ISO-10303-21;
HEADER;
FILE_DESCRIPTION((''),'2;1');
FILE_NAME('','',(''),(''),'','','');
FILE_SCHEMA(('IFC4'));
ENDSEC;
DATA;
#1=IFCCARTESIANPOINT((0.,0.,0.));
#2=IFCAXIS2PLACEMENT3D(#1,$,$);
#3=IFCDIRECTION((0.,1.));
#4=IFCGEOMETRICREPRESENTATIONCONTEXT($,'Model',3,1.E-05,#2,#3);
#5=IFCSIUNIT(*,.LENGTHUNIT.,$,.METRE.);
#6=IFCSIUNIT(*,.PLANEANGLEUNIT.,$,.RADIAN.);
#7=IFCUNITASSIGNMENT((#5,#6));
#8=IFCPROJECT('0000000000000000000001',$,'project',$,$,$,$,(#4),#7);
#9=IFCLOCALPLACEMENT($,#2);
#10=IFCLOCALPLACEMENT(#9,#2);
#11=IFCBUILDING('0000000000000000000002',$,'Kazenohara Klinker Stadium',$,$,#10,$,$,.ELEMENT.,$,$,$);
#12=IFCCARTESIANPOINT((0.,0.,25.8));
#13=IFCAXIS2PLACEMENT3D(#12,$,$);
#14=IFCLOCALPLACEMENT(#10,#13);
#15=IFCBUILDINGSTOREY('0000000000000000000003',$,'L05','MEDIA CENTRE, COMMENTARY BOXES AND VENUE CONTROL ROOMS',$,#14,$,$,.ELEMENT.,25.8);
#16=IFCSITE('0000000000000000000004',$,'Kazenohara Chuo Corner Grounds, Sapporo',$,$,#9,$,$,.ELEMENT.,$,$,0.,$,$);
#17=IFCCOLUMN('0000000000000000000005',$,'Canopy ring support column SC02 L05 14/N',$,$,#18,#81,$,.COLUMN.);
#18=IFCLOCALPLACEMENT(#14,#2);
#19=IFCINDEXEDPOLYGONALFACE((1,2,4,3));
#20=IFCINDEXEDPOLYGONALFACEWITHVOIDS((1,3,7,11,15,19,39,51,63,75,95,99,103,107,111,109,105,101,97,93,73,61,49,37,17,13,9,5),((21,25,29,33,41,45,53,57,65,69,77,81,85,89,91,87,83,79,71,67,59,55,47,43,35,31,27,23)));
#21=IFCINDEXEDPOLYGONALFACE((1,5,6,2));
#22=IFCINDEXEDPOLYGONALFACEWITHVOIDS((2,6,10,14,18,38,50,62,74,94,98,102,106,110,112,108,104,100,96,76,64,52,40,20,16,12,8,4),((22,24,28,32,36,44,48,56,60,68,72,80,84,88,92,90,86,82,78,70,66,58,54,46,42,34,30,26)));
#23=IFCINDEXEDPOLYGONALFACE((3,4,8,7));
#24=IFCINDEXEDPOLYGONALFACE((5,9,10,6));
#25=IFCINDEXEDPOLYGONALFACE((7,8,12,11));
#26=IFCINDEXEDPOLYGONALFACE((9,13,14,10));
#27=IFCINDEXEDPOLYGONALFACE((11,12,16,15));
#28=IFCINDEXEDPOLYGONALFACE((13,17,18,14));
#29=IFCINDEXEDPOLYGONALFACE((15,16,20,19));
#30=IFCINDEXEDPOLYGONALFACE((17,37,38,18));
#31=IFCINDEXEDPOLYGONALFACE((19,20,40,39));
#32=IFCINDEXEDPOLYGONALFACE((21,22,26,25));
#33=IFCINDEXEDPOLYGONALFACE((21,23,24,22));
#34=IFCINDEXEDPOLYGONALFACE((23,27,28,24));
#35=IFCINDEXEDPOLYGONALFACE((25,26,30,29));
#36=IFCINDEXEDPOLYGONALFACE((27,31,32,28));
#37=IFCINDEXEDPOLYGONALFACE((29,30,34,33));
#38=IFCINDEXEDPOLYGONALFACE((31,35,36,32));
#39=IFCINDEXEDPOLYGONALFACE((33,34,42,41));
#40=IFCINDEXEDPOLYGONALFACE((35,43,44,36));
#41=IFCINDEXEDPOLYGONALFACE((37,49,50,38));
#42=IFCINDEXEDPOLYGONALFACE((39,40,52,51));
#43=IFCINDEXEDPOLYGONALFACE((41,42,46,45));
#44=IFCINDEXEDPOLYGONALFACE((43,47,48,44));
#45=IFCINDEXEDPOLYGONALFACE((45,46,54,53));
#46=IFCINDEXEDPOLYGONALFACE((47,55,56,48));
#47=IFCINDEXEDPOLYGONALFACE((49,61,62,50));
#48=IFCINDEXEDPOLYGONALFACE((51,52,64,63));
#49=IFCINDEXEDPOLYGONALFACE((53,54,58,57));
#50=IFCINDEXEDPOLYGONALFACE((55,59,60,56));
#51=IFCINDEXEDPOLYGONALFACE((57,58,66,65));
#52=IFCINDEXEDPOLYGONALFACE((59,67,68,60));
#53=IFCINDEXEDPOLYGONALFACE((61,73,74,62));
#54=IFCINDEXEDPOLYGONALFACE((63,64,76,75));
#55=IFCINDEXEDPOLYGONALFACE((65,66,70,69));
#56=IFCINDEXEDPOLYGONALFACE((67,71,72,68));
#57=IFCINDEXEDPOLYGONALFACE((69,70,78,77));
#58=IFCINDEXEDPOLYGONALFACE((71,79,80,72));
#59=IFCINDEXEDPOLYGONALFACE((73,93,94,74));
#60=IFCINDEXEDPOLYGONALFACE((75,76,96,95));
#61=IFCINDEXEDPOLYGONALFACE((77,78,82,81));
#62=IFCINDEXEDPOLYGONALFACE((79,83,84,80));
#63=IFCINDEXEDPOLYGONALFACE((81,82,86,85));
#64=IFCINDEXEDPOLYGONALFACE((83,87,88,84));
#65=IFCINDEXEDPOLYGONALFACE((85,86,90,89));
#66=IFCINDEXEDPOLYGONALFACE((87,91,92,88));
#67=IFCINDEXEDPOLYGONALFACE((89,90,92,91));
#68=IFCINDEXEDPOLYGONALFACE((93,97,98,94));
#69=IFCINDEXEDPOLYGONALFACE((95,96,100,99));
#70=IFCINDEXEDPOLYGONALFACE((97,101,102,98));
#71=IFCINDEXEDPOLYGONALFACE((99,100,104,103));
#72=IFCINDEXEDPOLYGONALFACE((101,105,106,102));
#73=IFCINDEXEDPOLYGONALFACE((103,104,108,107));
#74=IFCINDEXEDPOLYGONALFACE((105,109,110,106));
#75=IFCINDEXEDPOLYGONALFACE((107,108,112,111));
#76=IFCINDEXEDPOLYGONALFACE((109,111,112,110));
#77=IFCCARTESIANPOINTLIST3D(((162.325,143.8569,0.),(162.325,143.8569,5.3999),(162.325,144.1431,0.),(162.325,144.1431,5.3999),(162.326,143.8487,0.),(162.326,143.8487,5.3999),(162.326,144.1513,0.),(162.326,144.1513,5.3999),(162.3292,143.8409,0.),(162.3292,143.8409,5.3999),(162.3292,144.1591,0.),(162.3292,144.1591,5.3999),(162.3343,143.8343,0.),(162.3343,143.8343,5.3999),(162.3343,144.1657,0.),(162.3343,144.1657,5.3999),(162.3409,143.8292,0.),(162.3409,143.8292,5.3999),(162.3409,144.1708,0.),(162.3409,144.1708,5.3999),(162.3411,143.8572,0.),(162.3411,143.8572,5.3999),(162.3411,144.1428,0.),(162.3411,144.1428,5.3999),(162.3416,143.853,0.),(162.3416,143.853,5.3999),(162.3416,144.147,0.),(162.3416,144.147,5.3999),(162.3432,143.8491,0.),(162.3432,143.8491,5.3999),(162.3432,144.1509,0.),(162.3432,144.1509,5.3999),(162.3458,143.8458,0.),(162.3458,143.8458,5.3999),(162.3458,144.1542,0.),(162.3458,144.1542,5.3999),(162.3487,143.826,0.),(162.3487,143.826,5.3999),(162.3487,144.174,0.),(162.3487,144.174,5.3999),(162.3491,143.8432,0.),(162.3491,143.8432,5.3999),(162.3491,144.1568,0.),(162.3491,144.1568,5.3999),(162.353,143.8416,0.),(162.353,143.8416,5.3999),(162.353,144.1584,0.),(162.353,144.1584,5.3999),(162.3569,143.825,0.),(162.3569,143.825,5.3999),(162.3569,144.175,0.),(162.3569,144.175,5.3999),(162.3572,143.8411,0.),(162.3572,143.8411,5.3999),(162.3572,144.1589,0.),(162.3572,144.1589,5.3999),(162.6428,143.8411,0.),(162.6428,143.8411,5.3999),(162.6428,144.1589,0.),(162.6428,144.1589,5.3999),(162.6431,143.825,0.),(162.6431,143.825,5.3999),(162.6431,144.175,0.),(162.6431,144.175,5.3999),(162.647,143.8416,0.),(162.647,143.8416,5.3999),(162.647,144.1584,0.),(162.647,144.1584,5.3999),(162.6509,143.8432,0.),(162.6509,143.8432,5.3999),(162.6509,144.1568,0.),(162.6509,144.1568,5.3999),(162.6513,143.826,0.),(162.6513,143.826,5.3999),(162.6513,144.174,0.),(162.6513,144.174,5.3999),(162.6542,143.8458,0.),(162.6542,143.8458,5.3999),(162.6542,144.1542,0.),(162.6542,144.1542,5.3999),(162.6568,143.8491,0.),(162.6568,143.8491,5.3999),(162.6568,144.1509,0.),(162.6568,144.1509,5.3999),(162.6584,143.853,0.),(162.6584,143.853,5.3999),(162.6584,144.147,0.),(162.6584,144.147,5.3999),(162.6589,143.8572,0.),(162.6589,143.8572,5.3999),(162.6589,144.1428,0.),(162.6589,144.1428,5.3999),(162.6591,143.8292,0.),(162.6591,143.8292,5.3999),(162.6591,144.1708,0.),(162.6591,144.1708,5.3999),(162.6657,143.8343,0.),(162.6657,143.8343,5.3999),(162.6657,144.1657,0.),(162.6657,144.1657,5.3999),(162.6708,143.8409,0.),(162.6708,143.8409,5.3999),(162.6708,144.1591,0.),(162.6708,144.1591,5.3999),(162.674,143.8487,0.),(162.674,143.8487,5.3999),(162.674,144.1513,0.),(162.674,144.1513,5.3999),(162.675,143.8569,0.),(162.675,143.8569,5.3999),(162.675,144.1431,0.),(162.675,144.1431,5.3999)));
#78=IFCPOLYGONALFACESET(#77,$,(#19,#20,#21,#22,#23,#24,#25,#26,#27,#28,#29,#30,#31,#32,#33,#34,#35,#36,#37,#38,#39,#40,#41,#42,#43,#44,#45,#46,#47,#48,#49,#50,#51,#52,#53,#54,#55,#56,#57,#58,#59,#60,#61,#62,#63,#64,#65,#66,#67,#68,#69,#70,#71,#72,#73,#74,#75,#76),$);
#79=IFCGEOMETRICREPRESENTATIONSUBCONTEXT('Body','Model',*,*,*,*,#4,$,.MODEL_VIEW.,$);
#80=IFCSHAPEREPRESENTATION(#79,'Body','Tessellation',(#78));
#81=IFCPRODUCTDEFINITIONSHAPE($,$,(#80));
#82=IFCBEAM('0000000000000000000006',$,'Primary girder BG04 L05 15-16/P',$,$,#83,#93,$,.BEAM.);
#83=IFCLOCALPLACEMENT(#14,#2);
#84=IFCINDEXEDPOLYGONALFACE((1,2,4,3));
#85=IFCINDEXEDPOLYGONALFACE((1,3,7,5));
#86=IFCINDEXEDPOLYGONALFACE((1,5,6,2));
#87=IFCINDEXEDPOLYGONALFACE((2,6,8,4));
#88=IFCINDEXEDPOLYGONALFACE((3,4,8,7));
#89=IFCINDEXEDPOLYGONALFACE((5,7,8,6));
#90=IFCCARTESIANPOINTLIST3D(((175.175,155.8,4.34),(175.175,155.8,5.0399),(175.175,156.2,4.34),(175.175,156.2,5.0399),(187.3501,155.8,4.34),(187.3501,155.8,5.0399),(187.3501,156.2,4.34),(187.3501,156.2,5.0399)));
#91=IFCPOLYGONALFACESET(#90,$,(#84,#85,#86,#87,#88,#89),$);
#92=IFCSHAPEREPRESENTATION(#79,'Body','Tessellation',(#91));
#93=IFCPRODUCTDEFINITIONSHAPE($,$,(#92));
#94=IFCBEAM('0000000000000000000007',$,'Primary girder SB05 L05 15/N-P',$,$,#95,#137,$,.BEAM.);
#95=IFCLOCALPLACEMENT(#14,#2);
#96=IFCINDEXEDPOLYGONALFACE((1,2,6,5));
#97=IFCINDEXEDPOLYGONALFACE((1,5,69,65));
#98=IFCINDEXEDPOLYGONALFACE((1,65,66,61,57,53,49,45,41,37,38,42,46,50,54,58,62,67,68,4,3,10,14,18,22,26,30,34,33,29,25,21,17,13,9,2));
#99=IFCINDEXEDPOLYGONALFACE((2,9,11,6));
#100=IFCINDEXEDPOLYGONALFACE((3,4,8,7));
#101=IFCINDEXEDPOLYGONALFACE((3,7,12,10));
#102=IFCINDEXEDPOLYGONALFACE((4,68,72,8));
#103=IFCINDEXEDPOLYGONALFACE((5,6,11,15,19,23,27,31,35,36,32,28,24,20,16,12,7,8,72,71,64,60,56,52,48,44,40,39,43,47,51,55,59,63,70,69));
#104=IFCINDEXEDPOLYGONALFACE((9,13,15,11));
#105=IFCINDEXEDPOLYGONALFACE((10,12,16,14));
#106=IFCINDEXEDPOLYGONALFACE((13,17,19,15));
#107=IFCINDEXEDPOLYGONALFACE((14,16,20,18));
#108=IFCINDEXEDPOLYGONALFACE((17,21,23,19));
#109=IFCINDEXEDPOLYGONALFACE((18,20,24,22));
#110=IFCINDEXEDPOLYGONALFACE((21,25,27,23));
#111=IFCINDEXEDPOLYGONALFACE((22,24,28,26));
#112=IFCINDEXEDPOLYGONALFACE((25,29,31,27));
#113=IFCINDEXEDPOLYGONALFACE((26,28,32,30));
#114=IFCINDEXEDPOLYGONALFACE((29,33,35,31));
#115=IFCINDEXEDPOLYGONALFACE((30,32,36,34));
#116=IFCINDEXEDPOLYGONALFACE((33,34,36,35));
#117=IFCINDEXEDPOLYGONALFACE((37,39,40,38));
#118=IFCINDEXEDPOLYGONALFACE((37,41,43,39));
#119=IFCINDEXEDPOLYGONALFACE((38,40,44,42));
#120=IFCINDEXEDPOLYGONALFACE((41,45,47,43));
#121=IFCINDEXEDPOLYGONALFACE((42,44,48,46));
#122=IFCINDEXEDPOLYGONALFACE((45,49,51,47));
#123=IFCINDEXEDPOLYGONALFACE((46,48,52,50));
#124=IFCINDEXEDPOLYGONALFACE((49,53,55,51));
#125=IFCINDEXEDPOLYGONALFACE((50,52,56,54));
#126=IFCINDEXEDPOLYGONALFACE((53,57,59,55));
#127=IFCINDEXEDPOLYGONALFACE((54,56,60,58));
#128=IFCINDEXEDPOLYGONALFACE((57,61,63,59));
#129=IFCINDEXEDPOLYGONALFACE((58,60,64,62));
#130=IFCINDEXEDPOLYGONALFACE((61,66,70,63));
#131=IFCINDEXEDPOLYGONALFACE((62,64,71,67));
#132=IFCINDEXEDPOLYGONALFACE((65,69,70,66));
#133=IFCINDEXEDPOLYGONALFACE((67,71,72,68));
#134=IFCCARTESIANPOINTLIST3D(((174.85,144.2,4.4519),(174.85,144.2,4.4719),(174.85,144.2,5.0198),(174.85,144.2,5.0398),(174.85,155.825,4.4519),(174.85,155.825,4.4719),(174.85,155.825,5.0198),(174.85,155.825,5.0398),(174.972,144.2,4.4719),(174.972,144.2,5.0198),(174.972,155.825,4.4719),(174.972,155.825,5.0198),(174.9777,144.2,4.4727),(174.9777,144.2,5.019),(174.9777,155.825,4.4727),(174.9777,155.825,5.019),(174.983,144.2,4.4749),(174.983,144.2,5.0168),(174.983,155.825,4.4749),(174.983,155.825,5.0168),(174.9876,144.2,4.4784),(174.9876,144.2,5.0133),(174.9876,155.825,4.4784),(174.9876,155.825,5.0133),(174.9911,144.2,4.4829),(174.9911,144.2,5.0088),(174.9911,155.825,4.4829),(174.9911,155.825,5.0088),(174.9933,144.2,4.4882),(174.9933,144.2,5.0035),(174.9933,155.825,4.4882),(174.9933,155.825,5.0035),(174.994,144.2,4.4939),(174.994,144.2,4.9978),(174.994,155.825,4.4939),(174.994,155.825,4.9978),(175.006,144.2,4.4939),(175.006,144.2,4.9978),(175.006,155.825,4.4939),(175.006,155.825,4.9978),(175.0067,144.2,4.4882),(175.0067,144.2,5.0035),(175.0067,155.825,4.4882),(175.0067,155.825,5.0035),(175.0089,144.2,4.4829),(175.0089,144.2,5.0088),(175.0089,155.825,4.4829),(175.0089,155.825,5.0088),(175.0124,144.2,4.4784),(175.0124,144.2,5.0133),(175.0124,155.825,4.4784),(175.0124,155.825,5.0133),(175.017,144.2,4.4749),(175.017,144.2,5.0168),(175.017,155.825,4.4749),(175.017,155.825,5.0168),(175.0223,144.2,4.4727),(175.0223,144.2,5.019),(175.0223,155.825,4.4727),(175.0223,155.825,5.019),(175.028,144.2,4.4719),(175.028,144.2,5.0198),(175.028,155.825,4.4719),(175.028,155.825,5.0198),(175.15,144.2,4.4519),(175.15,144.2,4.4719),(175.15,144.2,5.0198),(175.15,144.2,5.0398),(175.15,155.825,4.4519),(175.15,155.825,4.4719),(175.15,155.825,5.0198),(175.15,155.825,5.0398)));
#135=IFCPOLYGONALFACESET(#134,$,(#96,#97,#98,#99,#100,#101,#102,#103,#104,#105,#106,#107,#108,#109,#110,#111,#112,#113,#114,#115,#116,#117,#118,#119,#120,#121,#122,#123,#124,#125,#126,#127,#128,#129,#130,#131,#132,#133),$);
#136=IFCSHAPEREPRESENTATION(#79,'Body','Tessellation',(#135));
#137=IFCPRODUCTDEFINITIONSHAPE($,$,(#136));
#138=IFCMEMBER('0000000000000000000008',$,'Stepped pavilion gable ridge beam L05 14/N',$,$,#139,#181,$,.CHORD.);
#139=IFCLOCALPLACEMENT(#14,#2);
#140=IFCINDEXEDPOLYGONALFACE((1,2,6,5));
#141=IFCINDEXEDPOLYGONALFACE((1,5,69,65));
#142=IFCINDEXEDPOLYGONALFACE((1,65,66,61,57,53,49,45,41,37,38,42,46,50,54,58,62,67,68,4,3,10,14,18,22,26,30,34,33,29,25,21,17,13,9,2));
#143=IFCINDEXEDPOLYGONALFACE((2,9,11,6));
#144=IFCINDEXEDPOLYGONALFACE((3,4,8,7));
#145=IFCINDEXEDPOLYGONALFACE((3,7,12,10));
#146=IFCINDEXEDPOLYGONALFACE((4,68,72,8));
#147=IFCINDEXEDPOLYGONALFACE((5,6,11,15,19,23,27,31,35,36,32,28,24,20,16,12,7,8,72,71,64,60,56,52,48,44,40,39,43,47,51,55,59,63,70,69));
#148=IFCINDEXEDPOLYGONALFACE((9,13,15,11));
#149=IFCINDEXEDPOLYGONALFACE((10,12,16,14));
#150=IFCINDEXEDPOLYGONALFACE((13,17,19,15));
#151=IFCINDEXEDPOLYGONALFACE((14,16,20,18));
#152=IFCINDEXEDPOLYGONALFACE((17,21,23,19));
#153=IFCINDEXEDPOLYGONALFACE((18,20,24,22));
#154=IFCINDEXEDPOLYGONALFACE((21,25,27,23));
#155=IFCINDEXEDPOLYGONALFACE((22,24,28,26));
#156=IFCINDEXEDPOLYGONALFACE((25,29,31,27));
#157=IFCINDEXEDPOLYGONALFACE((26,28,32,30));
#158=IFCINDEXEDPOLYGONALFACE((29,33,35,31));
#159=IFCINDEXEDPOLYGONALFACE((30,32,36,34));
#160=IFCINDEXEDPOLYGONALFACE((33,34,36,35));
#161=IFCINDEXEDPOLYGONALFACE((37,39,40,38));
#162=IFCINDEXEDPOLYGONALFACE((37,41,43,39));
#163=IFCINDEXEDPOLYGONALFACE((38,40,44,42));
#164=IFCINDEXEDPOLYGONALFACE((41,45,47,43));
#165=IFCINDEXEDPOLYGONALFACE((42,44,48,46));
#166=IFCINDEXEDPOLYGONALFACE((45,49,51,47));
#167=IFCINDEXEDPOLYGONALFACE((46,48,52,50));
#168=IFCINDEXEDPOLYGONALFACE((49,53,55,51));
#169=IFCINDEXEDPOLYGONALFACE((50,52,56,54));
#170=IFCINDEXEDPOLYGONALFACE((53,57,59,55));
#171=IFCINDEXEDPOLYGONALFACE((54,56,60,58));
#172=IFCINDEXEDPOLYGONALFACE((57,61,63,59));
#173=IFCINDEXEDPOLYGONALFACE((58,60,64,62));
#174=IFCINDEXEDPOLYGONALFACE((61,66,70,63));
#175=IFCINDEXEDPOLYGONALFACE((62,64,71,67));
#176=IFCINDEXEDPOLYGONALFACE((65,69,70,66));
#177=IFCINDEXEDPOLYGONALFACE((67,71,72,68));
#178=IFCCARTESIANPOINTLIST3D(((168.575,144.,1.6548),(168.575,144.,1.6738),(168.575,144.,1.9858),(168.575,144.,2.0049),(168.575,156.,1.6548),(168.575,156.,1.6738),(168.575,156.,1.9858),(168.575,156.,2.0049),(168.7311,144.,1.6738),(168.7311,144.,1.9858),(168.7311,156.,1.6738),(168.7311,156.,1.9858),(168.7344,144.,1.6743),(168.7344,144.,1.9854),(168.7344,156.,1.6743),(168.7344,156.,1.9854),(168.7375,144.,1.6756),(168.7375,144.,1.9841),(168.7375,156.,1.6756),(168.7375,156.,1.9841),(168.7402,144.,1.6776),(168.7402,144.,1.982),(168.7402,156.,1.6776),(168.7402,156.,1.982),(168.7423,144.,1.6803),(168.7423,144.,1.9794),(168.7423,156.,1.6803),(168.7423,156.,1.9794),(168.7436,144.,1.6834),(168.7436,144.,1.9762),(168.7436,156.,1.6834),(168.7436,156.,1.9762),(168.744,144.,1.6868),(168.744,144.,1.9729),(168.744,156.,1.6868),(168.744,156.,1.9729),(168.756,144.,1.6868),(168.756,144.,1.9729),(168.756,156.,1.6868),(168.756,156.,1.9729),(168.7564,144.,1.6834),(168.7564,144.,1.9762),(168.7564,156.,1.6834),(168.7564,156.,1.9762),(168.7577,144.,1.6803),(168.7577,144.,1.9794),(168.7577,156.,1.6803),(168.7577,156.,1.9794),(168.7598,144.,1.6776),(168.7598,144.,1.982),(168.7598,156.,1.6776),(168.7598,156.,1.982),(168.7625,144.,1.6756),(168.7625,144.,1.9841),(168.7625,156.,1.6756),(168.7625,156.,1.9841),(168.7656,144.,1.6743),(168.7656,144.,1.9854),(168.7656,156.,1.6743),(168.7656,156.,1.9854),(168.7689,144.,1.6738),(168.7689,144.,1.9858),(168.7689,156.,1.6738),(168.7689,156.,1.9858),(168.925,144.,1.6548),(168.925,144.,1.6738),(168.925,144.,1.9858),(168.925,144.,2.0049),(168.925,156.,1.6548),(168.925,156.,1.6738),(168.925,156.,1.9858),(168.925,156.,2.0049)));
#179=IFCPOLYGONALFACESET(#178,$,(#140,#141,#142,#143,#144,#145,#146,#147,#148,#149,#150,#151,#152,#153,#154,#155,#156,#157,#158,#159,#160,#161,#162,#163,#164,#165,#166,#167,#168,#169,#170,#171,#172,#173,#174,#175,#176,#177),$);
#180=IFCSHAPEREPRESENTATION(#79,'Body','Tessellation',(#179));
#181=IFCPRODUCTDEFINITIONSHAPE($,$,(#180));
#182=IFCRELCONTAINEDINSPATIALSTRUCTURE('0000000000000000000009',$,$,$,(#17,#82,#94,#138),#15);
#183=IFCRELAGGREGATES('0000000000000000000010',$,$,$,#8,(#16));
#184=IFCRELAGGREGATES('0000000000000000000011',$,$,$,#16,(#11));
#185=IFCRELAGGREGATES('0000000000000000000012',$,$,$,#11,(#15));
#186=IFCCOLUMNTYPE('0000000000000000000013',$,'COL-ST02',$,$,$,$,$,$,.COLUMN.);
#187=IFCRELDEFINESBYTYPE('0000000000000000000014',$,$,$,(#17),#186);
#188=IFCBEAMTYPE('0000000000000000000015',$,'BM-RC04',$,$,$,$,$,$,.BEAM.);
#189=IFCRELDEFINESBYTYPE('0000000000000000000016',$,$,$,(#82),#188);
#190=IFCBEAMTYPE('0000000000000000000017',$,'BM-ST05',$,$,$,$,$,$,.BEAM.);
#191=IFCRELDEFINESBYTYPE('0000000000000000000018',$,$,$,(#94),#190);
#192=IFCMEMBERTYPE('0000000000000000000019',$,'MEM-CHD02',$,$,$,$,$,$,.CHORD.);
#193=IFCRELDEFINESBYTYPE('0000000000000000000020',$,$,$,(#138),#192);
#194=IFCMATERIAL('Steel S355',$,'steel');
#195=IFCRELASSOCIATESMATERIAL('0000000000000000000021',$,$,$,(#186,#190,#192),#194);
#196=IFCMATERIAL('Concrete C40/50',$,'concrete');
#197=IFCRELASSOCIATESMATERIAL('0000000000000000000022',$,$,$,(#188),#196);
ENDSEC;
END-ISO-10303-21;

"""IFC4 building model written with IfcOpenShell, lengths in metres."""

from ifc_helpers import new_model, si_unit, direction, frame, origin, origin_2d, place, context, subcontext, project, spatial, rectangle, hollow_rectangle, i_section, extrude, material, material_profile, profile_set, type_object, element, save


model = new_model("IFC4")

# Units and contexts
model_context = context("Model", 3, precision=1e-05, world=origin(), true_north=direction((0.0, 1.0)))
body_context = subcontext(model_context, "Body", "Model", "MODEL_VIEW")
ifc_project = project(units=[si_unit("LENGTHUNIT", "METRE"), si_unit("PLANEANGLEUNIT", "RADIAN")], contexts=[model_context])

# Site, building, storey
site_placement = place(None, origin())
site = spatial("IfcSite", under=ifc_project, at=site_placement, Name="Kazenohara Chuo Corner Grounds, Sapporo", CompositionType="ELEMENT", RefElevation=0.0)
building_placement = place(site_placement, origin())
building = spatial("IfcBuilding", under=site, at=building_placement, Name="Kazenohara Klinker Stadium", CompositionType="ELEMENT")
storey_placement = place(building_placement, frame((0.0, 0.0, 25.8)))
storey = spatial("IfcBuildingStorey", under=building, at=storey_placement, Name="L05", Description="MEDIA CENTRE, COMMENTARY BOXES AND VENUE CONTROL ROOMS", CompositionType="ELEMENT", Elevation=25.8)

# Column
ifc_material_1 = material(Name="Steel S355", Category="steel")
ifc_material_profile_1 = material_profile(ifc_material_1, hollow_rectangle(XDim=0.3501, YDim=0.3501, WallThickness=0.0161, InnerFilletRadius=0.0161, OuterFilletRadius=0.032, at=origin_2d()), Name="SHS-350x350x16")
ifc_profile_set_1 = profile_set([ifc_material_profile_1], Name="Steel S355")
column_type_1 = type_object("IfcColumnType", Name="COL-ST02", PredefinedType="COLUMN", material=ifc_profile_set_1)
for number, where, z_axis, x_axis, name in (
    (1, (162.5, 144.0, 0.0), (0.0, 0.0, 1.0), (1.0, 0.0, 0.0), "Canopy ring support column SC02 L05 14/N"),
):
    element("IfcColumn", number, at=place(storey_placement, frame(where, z_axis=z_axis, x_axis=x_axis)), inside=storey, type_object=column_type_1, Name=name, PredefinedType="COLUMN", context=body_context, shape_type="SweptSolid", body=[
        extrude(hollow_rectangle(XDim=0.3501, YDim=0.3501, WallThickness=0.0161, InnerFilletRadius=0.0161, OuterFilletRadius=0.032, at=origin_2d()), origin(), (0.0, 0.0, 1.0), 5.3999),
    ])

# Beams
ifc_material_2 = material(Name="Concrete C40/50", Category="concrete")
ifc_material_profile_2 = material_profile(ifc_material_2, rectangle(XDim=0.3999, YDim=0.7, at=origin_2d()), Name="RC-BM-400x700")
ifc_profile_set_2 = profile_set([ifc_material_profile_2], Name="Concrete C40/50")
beam_type_1 = type_object("IfcBeamType", Name="BM-RC04", PredefinedType="BEAM", material=ifc_profile_set_2)
beam_1_placement = place(storey_placement, frame((175.175, 156.0, 4.6899), z_axis=(1.0, 0.0, 0.0), x_axis=(0.0, 1.0, 0.0)))
element("IfcBeam", 2, at=beam_1_placement, inside=storey, type_object=beam_type_1, Name="Primary girder BG04 L05 15-16/P", PredefinedType="BEAM", context=body_context, shape_type="SweptSolid", body=[
    extrude(rectangle(XDim=0.3999, YDim=0.7, at=origin_2d()), origin(), (0.0, 0.0, 1.0), 12.175),
])
ifc_material_profile_3 = material_profile(ifc_material_1, i_section(OverallWidth=0.3, OverallDepth=0.5879, WebThickness=0.012, FlangeThickness=0.02, FilletRadius=0.022, at=origin_2d()), Name="H-588x300x12x20")
ifc_profile_set_3 = profile_set([ifc_material_profile_3], Name="Steel S355")
beam_type_2 = type_object("IfcBeamType", Name="BM-ST05", PredefinedType="BEAM", material=ifc_profile_set_3)
beam_2_placement = place(storey_placement, frame((175.0, 144.2, 4.7458), z_axis=(0.0, 1.0, 0.0), x_axis=(-1.0, 0.0, 0.0)))
element("IfcBeam", 3, at=beam_2_placement, inside=storey, type_object=beam_type_2, Name="Primary girder SB05 L05 15/N-P", PredefinedType="BEAM", context=body_context, shape_type="SweptSolid", body=[
    extrude(i_section(OverallWidth=0.3, OverallDepth=0.5879, WebThickness=0.012, FlangeThickness=0.02, FilletRadius=0.022, at=origin_2d()), origin(), (0.0, 0.0, 1.0), 11.625),
])

# Member
ifc_material_profile_4 = material_profile(ifc_material_1, i_section(OverallWidth=0.3501, OverallDepth=0.3501, WebThickness=0.012, FlangeThickness=0.019, FilletRadius=0.0129, at=origin_2d()), Name="H-350x350x12x19")
ifc_profile_set_4 = profile_set([ifc_material_profile_4], Name="Steel S355")
member_type_1 = type_object("IfcMemberType", Name="MEM-CHD02", PredefinedType="CHORD", material=ifc_profile_set_4)
for number, where, z_axis, x_axis, name in (
    (4, (168.75, 144.0, 1.8298), (0.0, 1.0, 0.0), (-1.0, 0.0, 0.0), "Stepped pavilion gable ridge beam L05 14/N"),
):
    element("IfcMember", number, at=place(storey_placement, frame(where, z_axis=z_axis, x_axis=x_axis)), inside=storey, type_object=member_type_1, Name=name, PredefinedType="CHORD", context=body_context, shape_type="SweptSolid", body=[
        extrude(i_section(OverallWidth=0.3501, OverallDepth=0.3501, WebThickness=0.012, FlangeThickness=0.019, FilletRadius=0.0129, at=origin_2d()), origin(), (0.0, 0.0, 1.0), 12.0),
    ])

save(model, "model.ifc")
